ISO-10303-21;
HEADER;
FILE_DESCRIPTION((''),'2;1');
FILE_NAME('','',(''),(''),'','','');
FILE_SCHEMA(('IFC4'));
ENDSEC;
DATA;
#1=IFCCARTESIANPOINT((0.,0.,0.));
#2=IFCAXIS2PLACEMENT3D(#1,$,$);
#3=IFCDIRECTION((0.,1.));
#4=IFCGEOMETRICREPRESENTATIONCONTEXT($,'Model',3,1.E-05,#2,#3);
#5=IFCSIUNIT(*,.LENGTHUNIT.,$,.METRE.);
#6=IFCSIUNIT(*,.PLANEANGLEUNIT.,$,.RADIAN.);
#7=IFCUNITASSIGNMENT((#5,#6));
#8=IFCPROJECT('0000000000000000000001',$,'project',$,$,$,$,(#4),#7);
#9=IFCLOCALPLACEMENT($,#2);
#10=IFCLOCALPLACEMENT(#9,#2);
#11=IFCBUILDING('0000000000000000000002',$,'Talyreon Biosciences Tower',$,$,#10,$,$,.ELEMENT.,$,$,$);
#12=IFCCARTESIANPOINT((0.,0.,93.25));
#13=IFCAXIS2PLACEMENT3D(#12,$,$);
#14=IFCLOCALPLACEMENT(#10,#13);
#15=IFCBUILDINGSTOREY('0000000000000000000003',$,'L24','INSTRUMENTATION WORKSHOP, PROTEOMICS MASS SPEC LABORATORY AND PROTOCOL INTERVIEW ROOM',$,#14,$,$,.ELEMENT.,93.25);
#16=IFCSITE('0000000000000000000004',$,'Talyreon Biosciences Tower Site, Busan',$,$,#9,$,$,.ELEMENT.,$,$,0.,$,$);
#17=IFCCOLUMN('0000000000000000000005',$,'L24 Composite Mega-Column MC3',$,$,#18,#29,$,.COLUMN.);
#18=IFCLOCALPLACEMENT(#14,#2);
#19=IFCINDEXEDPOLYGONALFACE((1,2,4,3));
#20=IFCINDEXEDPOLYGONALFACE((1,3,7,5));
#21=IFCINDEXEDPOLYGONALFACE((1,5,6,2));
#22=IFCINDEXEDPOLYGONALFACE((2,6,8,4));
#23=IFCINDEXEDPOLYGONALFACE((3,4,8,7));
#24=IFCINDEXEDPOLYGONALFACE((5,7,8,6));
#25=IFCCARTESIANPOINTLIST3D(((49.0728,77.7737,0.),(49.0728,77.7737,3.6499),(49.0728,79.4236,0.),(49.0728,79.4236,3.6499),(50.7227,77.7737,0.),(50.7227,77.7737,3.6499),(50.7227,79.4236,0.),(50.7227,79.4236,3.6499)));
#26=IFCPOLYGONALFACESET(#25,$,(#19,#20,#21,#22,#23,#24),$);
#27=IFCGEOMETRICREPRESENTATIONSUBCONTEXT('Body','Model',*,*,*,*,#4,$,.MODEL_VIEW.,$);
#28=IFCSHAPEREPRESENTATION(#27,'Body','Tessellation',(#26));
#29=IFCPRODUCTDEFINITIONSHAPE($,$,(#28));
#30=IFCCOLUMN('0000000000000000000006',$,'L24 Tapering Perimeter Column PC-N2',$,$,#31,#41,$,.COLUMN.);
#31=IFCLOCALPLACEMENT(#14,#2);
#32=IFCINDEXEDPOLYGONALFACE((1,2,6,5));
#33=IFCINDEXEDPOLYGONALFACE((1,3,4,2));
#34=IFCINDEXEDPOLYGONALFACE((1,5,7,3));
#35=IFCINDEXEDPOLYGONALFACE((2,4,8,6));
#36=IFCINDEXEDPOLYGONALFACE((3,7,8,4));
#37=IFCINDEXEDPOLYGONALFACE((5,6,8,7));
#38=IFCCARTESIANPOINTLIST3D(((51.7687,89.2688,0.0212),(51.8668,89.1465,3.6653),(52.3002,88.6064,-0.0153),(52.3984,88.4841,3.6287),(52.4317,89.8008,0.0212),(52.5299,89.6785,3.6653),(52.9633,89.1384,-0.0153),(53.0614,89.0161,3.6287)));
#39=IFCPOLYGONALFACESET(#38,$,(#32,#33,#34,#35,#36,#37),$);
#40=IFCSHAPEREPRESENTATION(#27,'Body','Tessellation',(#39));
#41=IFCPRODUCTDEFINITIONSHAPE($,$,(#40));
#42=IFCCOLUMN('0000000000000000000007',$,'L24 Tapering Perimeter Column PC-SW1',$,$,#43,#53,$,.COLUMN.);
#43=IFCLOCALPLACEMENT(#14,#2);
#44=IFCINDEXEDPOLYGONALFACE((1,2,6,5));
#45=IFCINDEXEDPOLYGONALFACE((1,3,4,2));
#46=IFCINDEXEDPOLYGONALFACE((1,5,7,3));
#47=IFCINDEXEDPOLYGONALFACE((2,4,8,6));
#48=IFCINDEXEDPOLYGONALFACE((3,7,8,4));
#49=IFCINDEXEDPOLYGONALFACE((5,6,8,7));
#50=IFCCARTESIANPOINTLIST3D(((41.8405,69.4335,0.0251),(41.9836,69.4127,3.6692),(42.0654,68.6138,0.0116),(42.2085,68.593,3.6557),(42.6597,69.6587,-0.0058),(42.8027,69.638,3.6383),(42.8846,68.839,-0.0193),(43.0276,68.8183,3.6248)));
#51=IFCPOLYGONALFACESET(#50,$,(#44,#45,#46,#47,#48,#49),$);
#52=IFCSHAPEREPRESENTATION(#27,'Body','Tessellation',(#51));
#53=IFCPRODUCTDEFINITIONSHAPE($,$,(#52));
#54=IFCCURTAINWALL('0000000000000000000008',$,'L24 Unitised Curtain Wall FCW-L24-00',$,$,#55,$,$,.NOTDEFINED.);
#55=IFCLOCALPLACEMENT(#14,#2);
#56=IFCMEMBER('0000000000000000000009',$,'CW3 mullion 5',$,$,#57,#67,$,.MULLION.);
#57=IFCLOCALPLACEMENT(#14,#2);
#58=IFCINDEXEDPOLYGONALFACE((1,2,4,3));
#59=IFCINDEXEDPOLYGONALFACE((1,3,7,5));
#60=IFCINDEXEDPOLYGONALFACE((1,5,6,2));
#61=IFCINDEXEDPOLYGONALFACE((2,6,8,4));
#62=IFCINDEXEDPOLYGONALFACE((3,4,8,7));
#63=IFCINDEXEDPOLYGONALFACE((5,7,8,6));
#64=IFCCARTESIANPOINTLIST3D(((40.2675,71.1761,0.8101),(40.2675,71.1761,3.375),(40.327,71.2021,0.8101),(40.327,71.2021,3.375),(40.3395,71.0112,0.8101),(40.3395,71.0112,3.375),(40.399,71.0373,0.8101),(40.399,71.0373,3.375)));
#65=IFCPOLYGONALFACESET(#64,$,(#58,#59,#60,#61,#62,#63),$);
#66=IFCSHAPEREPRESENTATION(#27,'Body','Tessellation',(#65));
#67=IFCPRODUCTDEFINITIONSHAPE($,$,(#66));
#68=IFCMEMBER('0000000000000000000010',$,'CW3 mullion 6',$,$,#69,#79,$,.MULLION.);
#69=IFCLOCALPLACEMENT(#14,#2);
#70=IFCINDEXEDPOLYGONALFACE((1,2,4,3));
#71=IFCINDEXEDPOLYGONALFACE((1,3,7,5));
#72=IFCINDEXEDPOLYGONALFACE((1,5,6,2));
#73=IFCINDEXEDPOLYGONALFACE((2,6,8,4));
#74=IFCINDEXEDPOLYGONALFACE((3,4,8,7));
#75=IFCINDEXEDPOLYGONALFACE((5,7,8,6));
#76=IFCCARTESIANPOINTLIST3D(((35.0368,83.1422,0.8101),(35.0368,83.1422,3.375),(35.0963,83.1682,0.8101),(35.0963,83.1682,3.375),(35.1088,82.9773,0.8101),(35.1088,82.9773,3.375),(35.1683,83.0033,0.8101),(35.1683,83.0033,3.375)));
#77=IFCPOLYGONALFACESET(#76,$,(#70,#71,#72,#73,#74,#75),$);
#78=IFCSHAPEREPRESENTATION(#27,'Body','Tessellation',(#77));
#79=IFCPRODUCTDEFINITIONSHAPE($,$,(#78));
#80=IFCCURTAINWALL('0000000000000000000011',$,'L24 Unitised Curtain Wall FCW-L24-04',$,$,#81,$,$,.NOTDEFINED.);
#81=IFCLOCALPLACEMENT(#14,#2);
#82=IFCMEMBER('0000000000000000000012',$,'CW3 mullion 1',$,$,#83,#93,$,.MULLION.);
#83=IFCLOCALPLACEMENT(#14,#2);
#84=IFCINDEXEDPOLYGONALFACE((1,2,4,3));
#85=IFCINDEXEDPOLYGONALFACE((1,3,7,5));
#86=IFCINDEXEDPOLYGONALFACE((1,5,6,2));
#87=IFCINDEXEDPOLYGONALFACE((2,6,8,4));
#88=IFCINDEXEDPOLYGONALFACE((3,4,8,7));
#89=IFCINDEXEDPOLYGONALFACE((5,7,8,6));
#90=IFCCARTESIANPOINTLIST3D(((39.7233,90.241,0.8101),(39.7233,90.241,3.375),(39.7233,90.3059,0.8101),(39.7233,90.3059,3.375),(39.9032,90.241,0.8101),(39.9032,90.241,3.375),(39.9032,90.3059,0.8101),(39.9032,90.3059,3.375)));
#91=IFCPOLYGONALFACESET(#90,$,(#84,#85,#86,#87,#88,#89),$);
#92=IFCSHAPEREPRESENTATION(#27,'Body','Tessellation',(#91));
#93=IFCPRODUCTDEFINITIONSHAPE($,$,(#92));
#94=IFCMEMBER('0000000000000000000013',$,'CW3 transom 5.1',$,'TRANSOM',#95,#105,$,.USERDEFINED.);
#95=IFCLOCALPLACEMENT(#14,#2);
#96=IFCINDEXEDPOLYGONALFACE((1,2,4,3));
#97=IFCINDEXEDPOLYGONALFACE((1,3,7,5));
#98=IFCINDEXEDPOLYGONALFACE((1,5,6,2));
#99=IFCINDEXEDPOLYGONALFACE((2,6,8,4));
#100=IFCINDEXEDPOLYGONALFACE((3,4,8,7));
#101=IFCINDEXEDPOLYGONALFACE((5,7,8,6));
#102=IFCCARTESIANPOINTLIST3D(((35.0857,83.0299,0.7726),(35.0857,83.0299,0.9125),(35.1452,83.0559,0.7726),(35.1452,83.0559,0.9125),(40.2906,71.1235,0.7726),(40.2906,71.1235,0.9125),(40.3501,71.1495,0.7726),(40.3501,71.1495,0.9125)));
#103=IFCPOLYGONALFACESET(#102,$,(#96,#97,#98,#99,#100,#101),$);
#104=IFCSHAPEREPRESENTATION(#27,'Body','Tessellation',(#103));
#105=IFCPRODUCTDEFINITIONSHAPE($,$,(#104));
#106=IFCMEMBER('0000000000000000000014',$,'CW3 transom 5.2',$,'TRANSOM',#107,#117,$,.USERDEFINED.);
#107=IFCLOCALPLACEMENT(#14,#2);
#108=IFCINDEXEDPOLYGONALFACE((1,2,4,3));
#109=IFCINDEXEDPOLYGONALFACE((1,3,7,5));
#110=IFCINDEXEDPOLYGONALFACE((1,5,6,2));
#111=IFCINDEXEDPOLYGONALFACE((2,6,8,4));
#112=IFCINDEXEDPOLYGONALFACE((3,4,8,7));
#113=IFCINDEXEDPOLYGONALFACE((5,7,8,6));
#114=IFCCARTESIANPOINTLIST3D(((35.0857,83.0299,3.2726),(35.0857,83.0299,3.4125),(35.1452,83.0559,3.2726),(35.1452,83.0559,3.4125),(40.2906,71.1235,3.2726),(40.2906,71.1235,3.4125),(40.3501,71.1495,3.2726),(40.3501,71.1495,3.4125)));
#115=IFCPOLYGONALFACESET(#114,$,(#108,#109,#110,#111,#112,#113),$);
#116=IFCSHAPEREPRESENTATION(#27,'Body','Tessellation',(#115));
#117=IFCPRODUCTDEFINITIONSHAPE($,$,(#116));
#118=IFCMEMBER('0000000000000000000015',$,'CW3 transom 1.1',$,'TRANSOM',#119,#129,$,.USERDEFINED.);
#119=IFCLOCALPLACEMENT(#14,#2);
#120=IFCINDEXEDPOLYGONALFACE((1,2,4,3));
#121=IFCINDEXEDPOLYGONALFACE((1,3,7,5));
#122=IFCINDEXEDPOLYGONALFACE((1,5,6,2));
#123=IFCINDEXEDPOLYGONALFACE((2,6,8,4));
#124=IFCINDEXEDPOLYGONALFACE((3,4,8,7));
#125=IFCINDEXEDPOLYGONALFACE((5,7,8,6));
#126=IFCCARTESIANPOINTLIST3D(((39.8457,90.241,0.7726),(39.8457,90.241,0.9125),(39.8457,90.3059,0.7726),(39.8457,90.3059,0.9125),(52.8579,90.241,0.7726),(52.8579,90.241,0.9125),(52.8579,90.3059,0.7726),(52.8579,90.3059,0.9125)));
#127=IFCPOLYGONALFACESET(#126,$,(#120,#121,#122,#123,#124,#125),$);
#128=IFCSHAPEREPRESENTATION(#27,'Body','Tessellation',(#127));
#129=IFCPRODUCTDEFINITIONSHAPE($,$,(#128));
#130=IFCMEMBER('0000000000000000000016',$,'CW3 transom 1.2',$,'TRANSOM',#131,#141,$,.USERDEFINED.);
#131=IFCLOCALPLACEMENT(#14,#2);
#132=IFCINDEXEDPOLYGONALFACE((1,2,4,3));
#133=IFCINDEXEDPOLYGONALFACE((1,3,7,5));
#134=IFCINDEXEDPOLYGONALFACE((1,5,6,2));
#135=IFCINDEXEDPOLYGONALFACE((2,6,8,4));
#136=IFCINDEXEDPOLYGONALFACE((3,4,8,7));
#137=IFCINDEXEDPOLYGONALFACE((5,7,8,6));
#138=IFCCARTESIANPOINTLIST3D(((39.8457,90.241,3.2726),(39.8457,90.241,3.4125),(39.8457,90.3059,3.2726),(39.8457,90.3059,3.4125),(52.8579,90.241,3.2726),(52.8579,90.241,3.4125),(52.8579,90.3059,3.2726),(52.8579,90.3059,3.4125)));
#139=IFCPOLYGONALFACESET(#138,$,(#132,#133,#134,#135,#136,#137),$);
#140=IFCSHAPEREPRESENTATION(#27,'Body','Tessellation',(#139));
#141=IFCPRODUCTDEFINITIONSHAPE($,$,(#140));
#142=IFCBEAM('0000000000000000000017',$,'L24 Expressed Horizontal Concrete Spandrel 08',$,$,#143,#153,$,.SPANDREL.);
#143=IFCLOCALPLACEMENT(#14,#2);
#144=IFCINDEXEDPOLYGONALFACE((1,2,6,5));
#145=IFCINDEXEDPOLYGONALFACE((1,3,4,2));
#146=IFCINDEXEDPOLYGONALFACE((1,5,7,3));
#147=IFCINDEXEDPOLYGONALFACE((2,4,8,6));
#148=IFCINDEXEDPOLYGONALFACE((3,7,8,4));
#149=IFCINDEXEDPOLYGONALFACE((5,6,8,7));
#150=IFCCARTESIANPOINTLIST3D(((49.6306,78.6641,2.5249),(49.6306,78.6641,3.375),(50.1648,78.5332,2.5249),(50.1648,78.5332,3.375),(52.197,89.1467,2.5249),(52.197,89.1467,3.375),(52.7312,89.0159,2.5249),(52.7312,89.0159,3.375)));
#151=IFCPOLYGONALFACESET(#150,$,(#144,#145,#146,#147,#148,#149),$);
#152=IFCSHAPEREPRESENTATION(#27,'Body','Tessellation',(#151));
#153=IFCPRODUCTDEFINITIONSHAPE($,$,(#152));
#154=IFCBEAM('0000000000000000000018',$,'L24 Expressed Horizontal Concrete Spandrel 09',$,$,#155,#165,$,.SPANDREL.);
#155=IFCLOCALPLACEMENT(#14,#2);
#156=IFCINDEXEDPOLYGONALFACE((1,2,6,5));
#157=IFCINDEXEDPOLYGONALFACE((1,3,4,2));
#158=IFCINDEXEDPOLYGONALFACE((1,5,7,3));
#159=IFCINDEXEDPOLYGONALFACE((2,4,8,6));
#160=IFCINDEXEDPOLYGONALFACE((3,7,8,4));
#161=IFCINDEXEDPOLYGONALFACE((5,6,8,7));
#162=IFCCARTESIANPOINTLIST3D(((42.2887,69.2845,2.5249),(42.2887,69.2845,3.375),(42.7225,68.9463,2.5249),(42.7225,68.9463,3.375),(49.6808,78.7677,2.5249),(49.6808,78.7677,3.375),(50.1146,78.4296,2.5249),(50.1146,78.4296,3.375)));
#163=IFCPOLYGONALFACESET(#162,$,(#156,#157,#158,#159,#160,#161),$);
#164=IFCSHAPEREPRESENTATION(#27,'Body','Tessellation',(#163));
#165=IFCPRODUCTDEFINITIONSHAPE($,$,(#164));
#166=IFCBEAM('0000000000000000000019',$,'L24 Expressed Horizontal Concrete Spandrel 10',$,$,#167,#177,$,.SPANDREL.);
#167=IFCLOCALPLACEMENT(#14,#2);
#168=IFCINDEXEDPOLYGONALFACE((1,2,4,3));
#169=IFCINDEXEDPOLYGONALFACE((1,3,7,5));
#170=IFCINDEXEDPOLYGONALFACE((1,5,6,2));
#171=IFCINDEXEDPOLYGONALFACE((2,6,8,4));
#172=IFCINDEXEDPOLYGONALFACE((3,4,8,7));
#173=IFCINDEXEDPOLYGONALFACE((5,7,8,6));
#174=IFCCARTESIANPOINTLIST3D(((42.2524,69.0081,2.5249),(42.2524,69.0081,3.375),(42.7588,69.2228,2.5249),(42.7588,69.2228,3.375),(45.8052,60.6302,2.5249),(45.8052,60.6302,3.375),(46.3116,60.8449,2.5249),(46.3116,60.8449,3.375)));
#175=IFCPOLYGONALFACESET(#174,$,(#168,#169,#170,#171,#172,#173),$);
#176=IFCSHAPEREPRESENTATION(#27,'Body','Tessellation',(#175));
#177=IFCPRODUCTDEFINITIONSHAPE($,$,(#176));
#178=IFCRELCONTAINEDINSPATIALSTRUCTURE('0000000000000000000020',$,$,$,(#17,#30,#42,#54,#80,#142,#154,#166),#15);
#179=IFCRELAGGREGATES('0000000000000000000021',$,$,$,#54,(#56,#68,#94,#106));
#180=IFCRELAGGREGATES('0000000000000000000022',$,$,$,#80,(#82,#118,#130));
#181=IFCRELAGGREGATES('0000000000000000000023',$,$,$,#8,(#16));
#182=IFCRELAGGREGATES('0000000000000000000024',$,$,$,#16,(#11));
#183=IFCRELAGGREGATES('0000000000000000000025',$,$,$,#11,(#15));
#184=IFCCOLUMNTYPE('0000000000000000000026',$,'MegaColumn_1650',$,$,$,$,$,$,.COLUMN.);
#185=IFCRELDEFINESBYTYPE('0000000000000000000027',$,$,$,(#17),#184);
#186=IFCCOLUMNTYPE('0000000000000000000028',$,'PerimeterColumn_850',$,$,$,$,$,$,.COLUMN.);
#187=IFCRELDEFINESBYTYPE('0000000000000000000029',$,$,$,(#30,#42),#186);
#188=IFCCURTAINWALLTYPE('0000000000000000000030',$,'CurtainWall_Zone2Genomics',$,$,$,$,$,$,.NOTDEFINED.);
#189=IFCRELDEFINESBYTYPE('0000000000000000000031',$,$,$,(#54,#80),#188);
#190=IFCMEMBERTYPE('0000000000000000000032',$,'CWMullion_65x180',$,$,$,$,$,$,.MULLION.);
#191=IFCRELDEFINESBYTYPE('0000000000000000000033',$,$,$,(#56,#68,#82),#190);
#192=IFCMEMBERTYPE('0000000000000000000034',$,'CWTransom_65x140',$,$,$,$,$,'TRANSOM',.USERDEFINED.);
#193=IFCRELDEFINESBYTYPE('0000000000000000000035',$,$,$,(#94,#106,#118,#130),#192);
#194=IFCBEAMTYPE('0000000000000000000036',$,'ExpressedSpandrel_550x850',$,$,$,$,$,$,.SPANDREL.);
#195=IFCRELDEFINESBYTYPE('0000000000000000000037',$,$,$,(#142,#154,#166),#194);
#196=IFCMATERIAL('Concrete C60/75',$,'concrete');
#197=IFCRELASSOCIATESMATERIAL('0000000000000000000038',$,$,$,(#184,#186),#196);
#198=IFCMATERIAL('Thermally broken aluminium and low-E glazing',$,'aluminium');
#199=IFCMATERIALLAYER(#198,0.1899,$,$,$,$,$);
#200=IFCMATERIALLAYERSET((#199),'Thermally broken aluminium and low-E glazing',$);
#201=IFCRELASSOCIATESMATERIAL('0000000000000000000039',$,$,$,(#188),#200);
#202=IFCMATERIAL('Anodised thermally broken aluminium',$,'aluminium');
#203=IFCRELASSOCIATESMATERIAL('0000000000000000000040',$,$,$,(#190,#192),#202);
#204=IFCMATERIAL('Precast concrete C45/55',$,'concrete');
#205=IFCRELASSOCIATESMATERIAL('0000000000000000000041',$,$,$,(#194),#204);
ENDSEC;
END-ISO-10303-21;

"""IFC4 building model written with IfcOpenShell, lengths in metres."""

from ifc_helpers import new_model, si_unit, direction, frame, origin, origin_2d, place, context, subcontext, project, spatial, rectangle, extrude, material, layer, layer_set, material_profile, profile_set, type_object, element, aggregate, save


model = new_model("IFC4")

# Units and contexts
model_context = context("Model", 3, precision=1e-05, world=origin(), true_north=direction((0.0, 1.0)))
body_context = subcontext(model_context, "Body", "Model", "MODEL_VIEW")
ifc_project = project(units=[si_unit("LENGTHUNIT", "METRE"), si_unit("PLANEANGLEUNIT", "RADIAN")], contexts=[model_context])

# Site, building, storey
site_placement = place(None, origin())
site = spatial("IfcSite", under=ifc_project, at=site_placement, Name="Talyreon Biosciences Tower Site, Busan", CompositionType="ELEMENT", RefElevation=0.0)
building_placement = place(site_placement, origin())
building = spatial("IfcBuilding", under=site, at=building_placement, Name="Talyreon Biosciences Tower", CompositionType="ELEMENT")
storey_placement = place(building_placement, frame((0.0, 0.0, 93.25)))
storey = spatial("IfcBuildingStorey", under=building, at=storey_placement, Name="L24", Description="INSTRUMENTATION WORKSHOP, PROTEOMICS MASS SPEC LABORATORY AND PROTOCOL INTERVIEW ROOM", CompositionType="ELEMENT", Elevation=93.25)

# Columns
ifc_material_1 = material(Name="Concrete C60/75", Category="concrete")
ifc_material_profile_1 = material_profile(ifc_material_1, rectangle(XDim=1.6499, YDim=1.6499, at=origin_2d()), Name="RC 1650x1650")
ifc_profile_set_1 = profile_set([ifc_material_profile_1], Name="Concrete C60/75")
column_type_1 = type_object("IfcColumnType", Name="MegaColumn_1650", PredefinedType="COLUMN", material=ifc_profile_set_1)
column_1_placement = place(storey_placement, frame((49.8977, 78.5986, 0.0), z_axis=(0.0, 0.0, 1.0), x_axis=(1.0, 0.0, 0.0)))
element("IfcColumn", 1, at=column_1_placement, inside=storey, type_object=column_type_1, Name="L24 Composite Mega-Column MC3", PredefinedType="COLUMN", context=body_context, shape_type="SweptSolid", body=[
    extrude(rectangle(XDim=1.6499, YDim=1.6499, at=origin_2d()), origin(), (0.0, 0.0, 1.0), 3.6499),
])
ifc_material_profile_2 = material_profile(ifc_material_1, rectangle(XDim=0.8501, YDim=0.8501, at=origin_2d()), Name="RC 850x850")
ifc_profile_set_2 = profile_set([ifc_material_profile_2], Name="Concrete C60/75")
column_type_2 = type_object("IfcColumnType", Name="PerimeterColumn_850", PredefinedType="COLUMN", material=ifc_profile_set_2)
column_2_placement = place(storey_placement, frame((52.366, 89.2036, 0.0029), z_axis=(0.026908, -0.033535, 0.999075), x_axis=(-0.779957, -0.625834, 0.0)))
element("IfcColumn", 2, at=column_2_placement, inside=storey, type_object=column_type_2, Name="L24 Tapering Perimeter Column PC-N2", PredefinedType="COLUMN", context=body_context, shape_type="SweptSolid", body=[
    extrude(rectangle(XDim=0.8501, YDim=0.8501, at=origin_2d()), origin(), (0.0, 0.0, 1.0), 3.6475),
])
column_3_placement = place(storey_placement, frame((42.3625, 69.1362, 0.0029), z_axis=(0.039229, -0.00569, 0.999214), x_axis=(0.963574, 0.264965, -0.036321)))
element("IfcColumn", 3, at=column_3_placement, inside=storey, type_object=column_type_2, Name="L24 Tapering Perimeter Column PC-SW1", PredefinedType="COLUMN", context=body_context, shape_type="SweptSolid", body=[
    extrude(rectangle(XDim=0.8501, YDim=0.8501, at=origin_2d()), origin(), (0.0, 0.0, 1.0), 3.647),
])

# Curtain wall, members
ifc_material_2 = material(Name="Thermally broken aluminium and low-E glazing", Category="aluminium")
ifc_layer_1 = layer(ifc_material_2, 0.1899)
ifc_layer_set_1 = layer_set([ifc_layer_1], Name="Thermally broken aluminium and low-E glazing")
curtain_wall_type = type_object("IfcCurtainWallType", Name="CurtainWall_Zone2Genomics", PredefinedType="NOTDEFINED", material=ifc_layer_set_1)
curtain_wall_1_placement = place(storey_placement, origin())
curtain_wall_1 = element("IfcCurtainWall", 4, at=curtain_wall_1_placement, inside=storey, type_object=curtain_wall_type, Name="L24 Unitised Curtain Wall FCW-L24-00", PredefinedType="NOTDEFINED")
ifc_material_3 = material(Name="Anodised thermally broken aluminium", Category="aluminium")
ifc_material_profile_3 = material_profile(ifc_material_3, rectangle(XDim=0.0649, YDim=0.1799, at=origin_2d()), Name="ALUM MULLION 65x180")
ifc_profile_set_3 = profile_set([ifc_material_profile_3], Name="Anodised thermally broken aluminium")
member_type_1 = type_object("IfcMemberType", Name="CWMullion_65x180", PredefinedType="MULLION", material=ifc_profile_set_3)
member_1_placement = place(storey_placement, frame((40.3333, 71.1067, 0.8101), z_axis=(0.0, 0.0, 1.0), x_axis=(-0.916278, -0.400542, 0.0)))
member_1 = element("IfcMember", 5, at=member_1_placement, type_object=member_type_1, Name="CW3 mullion 5", PredefinedType="MULLION", context=body_context, shape_type="SweptSolid", body=[
    extrude(rectangle(XDim=0.0649, YDim=0.1799, at=origin_2d()), origin(), (0.0, 0.0, 1.0), 2.5649),
])
member_2_placement = place(storey_placement, frame((35.1025, 83.0728, 0.8101), z_axis=(0.0, 0.0, 1.0), x_axis=(-0.916278, -0.400542, 0.0)))
member_2 = element("IfcMember", 6, at=member_2_placement, type_object=member_type_1, Name="CW3 mullion 6", PredefinedType="MULLION", context=body_context, shape_type="SweptSolid", body=[
    extrude(rectangle(XDim=0.0649, YDim=0.1799, at=origin_2d()), origin(), (0.0, 0.0, 1.0), 2.5649),
])

# Curtain wall, member
curtain_wall_2_placement = place(storey_placement, origin())
curtain_wall_2 = element("IfcCurtainWall", 7, at=curtain_wall_2_placement, inside=storey, type_object=curtain_wall_type, Name="L24 Unitised Curtain Wall FCW-L24-04", PredefinedType="NOTDEFINED")
member_3_placement = place(storey_placement, frame((39.8132, 90.2734, 0.8101), z_axis=(0.0, 0.0, 1.0), x_axis=(0.0, 1.0, 0.0)))
member_3 = element("IfcMember", 8, at=member_3_placement, type_object=member_type_1, Name="CW3 mullion 1", PredefinedType="MULLION", context=body_context, shape_type="SweptSolid", body=[
    extrude(rectangle(XDim=0.0649, YDim=0.1799, at=origin_2d()), origin(), (0.0, 0.0, 1.0), 2.5649),
])

# Members
ifc_material_profile_4 = material_profile(ifc_material_3, rectangle(XDim=0.0649, YDim=0.1399, at=origin_2d()), Name="ALUM TRANSOM 65x140")
ifc_profile_set_4 = profile_set([ifc_material_profile_4], Name="Anodised thermally broken aluminium")
member_type_2 = type_object("IfcMemberType", Name="CWTransom_65x140", ElementType="TRANSOM", PredefinedType="USERDEFINED", material=ifc_profile_set_4)
member_4_placement = place(storey_placement, frame((40.3203, 71.1365, 0.8425), z_axis=(-0.400544, 0.916278, 0.0), x_axis=(-0.916278, -0.400544, 0.0)))
member_4 = element("IfcMember", 9, at=member_4_placement, type_object=member_type_2, Name="CW3 transom 5.1", ObjectType="TRANSOM", PredefinedType="USERDEFINED", context=body_context, shape_type="SweptSolid", body=[
    extrude(rectangle(XDim=0.0649, YDim=0.1399, at=origin_2d()), origin(), (0.0, 0.0, 1.0), 12.9944),
])
member_5_placement = place(storey_placement, frame((40.3203, 71.1365, 3.3425), z_axis=(-0.400544, 0.916278, 0.0), x_axis=(-0.916278, -0.400544, 0.0)))
member_5 = element("IfcMember", 10, at=member_5_placement, type_object=member_type_2, Name="CW3 transom 5.2", ObjectType="TRANSOM", PredefinedType="USERDEFINED", context=body_context, shape_type="SweptSolid", body=[
    extrude(rectangle(XDim=0.0649, YDim=0.1399, at=origin_2d()), origin(), (0.0, 0.0, 1.0), 12.9944),
])
member_6_placement = place(storey_placement, frame((39.8457, 90.2734, 0.8425), z_axis=(1.0, 0.0, 0.0), x_axis=(0.0, 1.0, 0.0)))
member_6 = element("IfcMember", 11, at=member_6_placement, type_object=member_type_2, Name="CW3 transom 1.1", ObjectType="TRANSOM", PredefinedType="USERDEFINED", context=body_context, shape_type="SweptSolid", body=[
    extrude(rectangle(XDim=0.0649, YDim=0.1399, at=origin_2d()), origin(), (0.0, 0.0, 1.0), 13.0122),
])
member_7_placement = place(storey_placement, frame((39.8457, 90.2734, 3.3425), z_axis=(1.0, 0.0, 0.0), x_axis=(0.0, 1.0, 0.0)))
member_7 = element("IfcMember", 12, at=member_7_placement, type_object=member_type_2, Name="CW3 transom 1.2", ObjectType="TRANSOM", PredefinedType="USERDEFINED", context=body_context, shape_type="SweptSolid", body=[
    extrude(rectangle(XDim=0.0649, YDim=0.1399, at=origin_2d()), origin(), (0.0, 0.0, 1.0), 13.0122),
])

# Beams
ifc_material_4 = material(Name="Precast concrete C45/55", Category="concrete")
ifc_material_profile_5 = material_profile(ifc_material_4, rectangle(XDim=0.55, YDim=0.8501, at=origin_2d()), Name="RCB 550x850")
ifc_profile_set_5 = profile_set([ifc_material_profile_5], Name="Precast concrete C45/55")
beam_type_1 = type_object("IfcBeamType", Name="ExpressedSpandrel_550x850", PredefinedType="SPANDREL", material=ifc_profile_set_5)
beam_1_placement = place(storey_placement, frame((52.4641, 89.0813, 2.95), z_axis=(-0.237801, -0.971314, 0.0), x_axis=(0.971314, -0.237801, 0.0)))
element("IfcBeam", 13, at=beam_1_placement, inside=storey, type_object=beam_type_1, Name="L24 Expressed Horizontal Concrete Spandrel 08", PredefinedType="SPANDREL", context=body_context, shape_type="SweptSolid", body=[
    extrude(rectangle(XDim=0.55, YDim=0.8501, at=origin_2d()), origin(), (0.0, 0.0, 1.0), 10.7922),
])
beam_2_placement = place(storey_placement, frame((49.8977, 78.5986, 2.95), z_axis=(-0.614785, -0.788695, 0.0), x_axis=(0.788695, -0.614785, 0.0)))
element("IfcBeam", 14, at=beam_2_placement, inside=storey, type_object=beam_type_1, Name="L24 Expressed Horizontal Concrete Spandrel 09", PredefinedType="SPANDREL", context=body_context, shape_type="SweptSolid", body=[
    extrude(rectangle(XDim=0.55, YDim=0.8501, at=origin_2d()), origin(), (0.0, 0.0, 1.0), 12.0239),
])
beam_3_placement = place(storey_placement, frame((42.5056, 69.1155, 2.95), z_axis=(0.390407, -0.920643, 0.0), x_axis=(0.920643, 0.390407, 0.0)))
element("IfcBeam", 15, at=beam_3_placement, inside=storey, type_object=beam_type_1, Name="L24 Expressed Horizontal Concrete Spandrel 10", PredefinedType="SPANDREL", context=body_context, shape_type="SweptSolid", body=[
    extrude(rectangle(XDim=0.55, YDim=0.8501, at=origin_2d()), origin(), (0.0, 0.0, 1.0), 9.1001),
])

aggregate(curtain_wall_1, [member_1, member_2, member_4, member_5])
aggregate(curtain_wall_2, [member_3, member_6, member_7])

save(model, "model.ifc")
